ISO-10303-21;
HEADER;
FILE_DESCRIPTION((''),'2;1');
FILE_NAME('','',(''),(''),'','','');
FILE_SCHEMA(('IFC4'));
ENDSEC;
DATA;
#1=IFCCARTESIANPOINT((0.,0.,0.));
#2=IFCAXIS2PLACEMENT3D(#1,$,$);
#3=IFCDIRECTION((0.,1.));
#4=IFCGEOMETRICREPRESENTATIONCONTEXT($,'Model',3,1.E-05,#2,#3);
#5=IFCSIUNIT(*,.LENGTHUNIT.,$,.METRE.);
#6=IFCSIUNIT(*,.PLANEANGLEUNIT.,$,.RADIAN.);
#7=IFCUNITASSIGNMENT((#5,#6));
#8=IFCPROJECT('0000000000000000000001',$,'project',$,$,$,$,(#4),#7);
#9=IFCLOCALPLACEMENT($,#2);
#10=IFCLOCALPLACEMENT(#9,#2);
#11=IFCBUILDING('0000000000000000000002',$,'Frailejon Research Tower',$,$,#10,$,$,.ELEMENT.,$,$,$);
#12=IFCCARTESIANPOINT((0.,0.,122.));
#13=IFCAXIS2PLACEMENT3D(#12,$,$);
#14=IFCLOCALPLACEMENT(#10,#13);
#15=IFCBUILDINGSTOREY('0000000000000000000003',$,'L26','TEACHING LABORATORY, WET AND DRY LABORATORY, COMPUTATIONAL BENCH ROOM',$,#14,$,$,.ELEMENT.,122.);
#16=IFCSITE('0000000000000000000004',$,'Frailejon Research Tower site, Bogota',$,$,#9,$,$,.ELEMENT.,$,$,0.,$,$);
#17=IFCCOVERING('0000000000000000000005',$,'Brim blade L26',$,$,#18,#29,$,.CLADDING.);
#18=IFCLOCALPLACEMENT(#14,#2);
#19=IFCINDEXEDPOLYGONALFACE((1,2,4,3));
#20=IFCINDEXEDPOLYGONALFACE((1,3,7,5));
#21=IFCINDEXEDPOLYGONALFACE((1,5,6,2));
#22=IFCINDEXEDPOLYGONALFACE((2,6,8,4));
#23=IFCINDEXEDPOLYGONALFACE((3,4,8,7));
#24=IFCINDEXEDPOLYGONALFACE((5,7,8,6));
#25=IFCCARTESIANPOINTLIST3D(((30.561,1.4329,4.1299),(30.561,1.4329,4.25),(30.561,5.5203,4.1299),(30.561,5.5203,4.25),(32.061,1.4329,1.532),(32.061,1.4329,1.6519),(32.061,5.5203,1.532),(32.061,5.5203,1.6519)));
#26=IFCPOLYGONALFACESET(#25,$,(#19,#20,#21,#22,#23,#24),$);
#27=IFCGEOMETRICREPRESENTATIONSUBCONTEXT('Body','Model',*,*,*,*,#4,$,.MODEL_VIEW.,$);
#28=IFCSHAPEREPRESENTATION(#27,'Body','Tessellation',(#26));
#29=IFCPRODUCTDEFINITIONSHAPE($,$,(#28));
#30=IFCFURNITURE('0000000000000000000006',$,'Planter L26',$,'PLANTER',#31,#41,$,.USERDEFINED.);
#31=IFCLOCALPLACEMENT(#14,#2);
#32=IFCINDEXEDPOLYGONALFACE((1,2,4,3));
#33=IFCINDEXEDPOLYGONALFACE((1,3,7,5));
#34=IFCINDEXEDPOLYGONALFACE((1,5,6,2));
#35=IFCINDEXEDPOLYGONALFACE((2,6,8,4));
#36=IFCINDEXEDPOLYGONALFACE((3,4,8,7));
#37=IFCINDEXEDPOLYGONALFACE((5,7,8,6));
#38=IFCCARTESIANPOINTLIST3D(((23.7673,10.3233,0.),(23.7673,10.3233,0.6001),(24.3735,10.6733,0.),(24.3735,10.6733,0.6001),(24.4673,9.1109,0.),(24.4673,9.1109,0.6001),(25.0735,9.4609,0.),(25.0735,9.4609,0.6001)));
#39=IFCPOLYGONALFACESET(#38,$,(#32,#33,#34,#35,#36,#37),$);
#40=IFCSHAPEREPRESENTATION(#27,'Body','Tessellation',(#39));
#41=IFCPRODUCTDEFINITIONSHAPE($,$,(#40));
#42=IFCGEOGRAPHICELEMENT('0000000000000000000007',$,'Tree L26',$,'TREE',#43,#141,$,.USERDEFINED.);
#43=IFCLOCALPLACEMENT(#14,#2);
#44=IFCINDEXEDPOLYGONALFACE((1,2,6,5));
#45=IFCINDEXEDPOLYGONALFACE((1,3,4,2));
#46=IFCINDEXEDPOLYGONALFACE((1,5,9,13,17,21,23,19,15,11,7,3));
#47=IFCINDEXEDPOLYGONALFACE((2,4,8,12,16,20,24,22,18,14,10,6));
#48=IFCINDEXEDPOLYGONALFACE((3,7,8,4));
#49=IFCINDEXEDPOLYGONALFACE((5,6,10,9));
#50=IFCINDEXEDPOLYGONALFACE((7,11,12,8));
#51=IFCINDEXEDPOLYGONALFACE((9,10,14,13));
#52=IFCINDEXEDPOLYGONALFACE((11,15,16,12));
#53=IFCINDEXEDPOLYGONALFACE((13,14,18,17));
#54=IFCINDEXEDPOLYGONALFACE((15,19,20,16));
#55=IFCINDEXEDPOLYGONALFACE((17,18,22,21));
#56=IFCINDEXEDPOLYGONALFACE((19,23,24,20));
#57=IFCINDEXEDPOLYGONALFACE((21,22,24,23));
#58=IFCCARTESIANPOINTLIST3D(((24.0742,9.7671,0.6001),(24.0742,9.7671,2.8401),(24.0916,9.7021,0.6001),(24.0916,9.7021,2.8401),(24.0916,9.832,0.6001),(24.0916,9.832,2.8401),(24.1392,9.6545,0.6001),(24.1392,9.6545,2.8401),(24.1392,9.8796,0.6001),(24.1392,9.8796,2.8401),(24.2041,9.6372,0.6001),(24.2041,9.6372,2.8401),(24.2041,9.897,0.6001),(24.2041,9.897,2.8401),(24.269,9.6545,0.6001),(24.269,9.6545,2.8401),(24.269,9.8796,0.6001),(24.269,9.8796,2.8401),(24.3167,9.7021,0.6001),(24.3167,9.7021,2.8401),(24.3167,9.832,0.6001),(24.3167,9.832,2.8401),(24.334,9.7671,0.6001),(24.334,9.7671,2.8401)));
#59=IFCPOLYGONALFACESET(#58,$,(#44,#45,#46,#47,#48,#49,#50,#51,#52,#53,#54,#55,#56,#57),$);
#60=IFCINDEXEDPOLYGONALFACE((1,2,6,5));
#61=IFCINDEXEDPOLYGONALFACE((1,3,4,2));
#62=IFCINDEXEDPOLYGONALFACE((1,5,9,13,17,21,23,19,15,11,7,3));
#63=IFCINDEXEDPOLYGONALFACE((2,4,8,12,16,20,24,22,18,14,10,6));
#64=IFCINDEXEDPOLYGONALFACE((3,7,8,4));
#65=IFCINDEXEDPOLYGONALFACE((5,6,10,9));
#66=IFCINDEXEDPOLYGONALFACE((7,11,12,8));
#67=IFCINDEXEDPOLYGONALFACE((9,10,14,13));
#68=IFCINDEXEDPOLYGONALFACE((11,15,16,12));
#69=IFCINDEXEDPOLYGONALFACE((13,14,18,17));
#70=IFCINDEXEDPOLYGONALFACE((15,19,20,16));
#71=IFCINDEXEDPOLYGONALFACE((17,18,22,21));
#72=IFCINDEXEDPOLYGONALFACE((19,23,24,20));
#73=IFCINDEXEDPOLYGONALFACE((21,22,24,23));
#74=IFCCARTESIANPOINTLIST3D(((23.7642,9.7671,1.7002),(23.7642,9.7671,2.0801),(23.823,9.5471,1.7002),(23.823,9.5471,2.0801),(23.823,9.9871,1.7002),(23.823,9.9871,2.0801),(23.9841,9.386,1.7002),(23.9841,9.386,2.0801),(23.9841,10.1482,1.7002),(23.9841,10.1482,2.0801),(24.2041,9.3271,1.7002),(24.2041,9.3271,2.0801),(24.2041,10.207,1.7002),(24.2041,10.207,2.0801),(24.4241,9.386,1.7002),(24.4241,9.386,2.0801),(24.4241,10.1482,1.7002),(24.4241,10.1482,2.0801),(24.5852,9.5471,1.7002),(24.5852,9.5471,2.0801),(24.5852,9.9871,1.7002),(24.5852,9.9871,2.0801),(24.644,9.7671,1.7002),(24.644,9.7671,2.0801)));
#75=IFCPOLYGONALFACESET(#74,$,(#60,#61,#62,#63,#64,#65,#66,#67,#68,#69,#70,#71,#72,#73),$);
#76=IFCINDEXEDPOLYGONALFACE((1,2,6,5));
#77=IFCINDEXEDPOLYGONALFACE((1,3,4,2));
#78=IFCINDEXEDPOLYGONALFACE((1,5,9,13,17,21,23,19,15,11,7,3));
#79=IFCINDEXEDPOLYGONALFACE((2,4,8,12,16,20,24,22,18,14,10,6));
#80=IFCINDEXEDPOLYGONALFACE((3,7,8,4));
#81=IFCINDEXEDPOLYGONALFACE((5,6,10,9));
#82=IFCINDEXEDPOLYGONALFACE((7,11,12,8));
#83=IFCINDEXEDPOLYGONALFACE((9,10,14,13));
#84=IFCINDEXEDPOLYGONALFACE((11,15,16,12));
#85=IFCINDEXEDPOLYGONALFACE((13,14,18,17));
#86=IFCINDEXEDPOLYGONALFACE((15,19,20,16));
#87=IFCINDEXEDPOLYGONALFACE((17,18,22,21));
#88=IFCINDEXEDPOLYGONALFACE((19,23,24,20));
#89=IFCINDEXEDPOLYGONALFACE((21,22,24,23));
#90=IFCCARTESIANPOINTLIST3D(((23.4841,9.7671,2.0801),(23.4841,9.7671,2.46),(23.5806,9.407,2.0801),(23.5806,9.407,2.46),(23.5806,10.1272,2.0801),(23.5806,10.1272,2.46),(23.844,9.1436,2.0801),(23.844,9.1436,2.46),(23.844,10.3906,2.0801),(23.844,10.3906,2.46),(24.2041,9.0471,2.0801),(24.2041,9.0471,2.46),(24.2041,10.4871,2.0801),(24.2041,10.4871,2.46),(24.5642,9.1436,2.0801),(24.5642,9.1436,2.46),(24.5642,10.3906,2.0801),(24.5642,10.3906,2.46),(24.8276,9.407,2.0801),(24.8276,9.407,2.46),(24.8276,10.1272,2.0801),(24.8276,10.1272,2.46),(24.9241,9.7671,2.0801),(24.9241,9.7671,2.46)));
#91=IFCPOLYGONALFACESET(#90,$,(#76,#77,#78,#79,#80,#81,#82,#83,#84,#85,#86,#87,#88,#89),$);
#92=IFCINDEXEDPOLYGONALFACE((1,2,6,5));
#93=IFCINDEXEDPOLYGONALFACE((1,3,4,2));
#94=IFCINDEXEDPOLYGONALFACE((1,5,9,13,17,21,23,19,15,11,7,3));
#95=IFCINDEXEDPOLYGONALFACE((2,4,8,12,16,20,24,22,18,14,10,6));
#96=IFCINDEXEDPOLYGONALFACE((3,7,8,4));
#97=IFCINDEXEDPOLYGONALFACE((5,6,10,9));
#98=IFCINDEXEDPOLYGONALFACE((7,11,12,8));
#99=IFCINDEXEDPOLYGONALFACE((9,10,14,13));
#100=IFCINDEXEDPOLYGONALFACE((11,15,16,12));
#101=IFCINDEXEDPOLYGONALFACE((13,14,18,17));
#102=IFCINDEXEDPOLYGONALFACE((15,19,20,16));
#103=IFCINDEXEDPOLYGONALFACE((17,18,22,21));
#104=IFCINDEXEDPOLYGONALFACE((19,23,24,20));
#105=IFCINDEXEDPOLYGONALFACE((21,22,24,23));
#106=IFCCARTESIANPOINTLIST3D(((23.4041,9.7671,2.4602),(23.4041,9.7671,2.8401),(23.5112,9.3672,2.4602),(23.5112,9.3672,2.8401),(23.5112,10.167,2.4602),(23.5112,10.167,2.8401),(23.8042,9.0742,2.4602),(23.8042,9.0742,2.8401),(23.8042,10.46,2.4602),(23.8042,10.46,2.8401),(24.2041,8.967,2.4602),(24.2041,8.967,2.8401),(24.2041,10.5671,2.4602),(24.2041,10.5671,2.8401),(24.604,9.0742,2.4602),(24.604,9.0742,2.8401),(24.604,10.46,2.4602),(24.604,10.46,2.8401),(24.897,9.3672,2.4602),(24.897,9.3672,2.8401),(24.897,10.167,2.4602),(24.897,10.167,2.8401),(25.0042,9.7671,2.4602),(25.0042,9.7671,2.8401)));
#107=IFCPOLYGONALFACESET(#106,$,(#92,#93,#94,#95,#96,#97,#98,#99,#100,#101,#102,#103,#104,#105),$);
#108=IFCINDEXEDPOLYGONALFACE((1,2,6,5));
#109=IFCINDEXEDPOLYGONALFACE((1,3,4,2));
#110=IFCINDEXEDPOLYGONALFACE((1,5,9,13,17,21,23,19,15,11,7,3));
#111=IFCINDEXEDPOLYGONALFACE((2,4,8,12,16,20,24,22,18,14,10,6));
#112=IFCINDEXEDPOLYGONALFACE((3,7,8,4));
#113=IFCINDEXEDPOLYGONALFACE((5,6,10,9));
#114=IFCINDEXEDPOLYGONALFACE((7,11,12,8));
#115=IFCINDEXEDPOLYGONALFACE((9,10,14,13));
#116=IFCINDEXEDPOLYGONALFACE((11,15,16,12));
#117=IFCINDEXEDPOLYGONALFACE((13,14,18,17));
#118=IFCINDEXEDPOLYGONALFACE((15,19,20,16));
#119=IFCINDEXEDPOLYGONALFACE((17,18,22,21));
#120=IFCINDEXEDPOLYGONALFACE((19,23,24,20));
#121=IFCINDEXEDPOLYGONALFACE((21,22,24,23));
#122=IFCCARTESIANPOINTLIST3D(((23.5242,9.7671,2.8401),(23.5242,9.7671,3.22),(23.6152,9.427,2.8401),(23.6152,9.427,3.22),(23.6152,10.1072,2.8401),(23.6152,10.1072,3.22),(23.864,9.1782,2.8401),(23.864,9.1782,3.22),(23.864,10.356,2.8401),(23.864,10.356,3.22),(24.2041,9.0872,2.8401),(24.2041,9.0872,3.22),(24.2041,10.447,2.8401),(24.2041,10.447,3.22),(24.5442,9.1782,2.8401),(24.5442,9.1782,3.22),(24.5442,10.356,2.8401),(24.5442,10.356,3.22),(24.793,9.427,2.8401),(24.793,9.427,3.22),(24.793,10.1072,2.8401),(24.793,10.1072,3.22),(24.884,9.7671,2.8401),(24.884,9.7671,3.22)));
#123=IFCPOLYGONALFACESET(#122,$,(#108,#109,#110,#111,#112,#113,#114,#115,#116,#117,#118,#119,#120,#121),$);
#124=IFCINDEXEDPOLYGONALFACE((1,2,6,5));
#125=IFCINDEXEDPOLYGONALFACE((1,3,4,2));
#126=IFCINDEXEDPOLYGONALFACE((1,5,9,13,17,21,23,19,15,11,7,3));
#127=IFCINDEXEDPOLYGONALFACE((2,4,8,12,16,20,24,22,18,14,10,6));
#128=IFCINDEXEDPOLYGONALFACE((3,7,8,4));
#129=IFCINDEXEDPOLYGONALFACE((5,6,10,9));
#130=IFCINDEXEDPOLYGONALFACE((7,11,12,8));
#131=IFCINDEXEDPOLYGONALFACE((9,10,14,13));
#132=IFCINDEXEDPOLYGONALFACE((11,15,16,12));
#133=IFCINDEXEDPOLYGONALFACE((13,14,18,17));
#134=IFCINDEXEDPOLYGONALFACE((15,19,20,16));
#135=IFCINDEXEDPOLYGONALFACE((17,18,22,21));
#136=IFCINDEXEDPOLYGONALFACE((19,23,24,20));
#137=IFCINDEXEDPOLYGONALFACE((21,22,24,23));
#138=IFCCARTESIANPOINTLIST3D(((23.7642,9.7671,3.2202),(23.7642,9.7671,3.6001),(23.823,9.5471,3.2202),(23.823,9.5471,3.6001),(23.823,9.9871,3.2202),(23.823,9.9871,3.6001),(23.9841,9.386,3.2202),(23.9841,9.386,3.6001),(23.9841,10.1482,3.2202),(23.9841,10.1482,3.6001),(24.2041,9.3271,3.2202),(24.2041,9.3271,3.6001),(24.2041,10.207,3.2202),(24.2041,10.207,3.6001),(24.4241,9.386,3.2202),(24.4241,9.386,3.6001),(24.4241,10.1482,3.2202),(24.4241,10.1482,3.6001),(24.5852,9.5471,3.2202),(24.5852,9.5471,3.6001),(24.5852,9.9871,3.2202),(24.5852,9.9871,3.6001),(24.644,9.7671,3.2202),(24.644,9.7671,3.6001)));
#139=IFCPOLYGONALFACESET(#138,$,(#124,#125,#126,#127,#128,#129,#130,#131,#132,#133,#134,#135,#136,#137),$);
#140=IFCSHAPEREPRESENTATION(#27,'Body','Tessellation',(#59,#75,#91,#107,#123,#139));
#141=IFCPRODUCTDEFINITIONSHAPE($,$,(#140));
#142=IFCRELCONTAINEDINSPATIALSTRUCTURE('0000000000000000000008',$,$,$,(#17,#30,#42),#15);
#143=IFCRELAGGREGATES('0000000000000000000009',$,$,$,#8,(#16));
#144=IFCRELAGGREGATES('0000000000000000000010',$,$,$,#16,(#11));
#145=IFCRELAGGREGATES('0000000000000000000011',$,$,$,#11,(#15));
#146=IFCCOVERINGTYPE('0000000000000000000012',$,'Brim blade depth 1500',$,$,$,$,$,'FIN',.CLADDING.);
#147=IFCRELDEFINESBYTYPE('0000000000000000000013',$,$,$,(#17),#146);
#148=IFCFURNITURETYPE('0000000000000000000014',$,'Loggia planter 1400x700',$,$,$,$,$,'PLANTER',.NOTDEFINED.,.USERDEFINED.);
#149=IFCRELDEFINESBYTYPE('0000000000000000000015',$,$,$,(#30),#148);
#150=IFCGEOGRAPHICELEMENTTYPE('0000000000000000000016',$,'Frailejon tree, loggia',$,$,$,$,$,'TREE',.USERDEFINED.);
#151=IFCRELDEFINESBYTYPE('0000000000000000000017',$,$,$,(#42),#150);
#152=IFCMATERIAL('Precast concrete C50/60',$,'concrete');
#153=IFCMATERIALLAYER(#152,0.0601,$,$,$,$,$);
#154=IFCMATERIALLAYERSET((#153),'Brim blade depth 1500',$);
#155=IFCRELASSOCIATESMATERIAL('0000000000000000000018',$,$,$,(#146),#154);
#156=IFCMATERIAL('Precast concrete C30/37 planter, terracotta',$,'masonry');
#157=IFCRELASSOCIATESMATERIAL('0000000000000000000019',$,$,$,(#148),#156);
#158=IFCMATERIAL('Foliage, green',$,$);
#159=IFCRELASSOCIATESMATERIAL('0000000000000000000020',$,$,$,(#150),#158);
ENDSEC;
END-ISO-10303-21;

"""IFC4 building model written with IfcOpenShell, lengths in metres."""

from ifc_helpers import new_model, si_unit, direction, frame, origin, origin_2d, place, context, subcontext, project, spatial, polyline, rectangle, outline, extrude, material, layer, layer_set, type_object, element, save


model = new_model("IFC4")

# Units and contexts
model_context = context("Model", 3, precision=1e-05, world=origin(), true_north=direction((0.0, 1.0)))
body_context = subcontext(model_context, "Body", "Model", "MODEL_VIEW")
ifc_project = project(units=[si_unit("LENGTHUNIT", "METRE"), si_unit("PLANEANGLEUNIT", "RADIAN")], contexts=[model_context])

# Site, building, storey
site_placement = place(None, origin())
site = spatial("IfcSite", under=ifc_project, at=site_placement, Name="Frailejon Research Tower site, Bogota", CompositionType="ELEMENT", RefElevation=0.0)
building_placement = place(site_placement, origin())
building = spatial("IfcBuilding", under=site, at=building_placement, Name="Frailejon Research Tower", CompositionType="ELEMENT")
storey_placement = place(building_placement, frame((0.0, 0.0, 122.0)))
storey = spatial("IfcBuildingStorey", under=building, at=storey_placement, Name="L26", Description="TEACHING LABORATORY, WET AND DRY LABORATORY, COMPUTATIONAL BENCH ROOM", CompositionType="ELEMENT", Elevation=122.0)

# Covering
ifc_material_1 = material(Name="Precast concrete C50/60", Category="concrete")
ifc_layer_1 = layer(ifc_material_1, 0.0601)
ifc_layer_set_1 = layer_set([ifc_layer_1], Name="Brim blade depth 1500")
covering_type_1 = type_object("IfcCoveringType", Name="Brim blade depth 1500", ElementType="FIN", PredefinedType="CLADDING", material=ifc_layer_set_1)
covering_1_placement = place(storey_placement, frame((30.561, 5.5203, 4.25), z_axis=(0.0, -1.0, 0.0), x_axis=(1.0, 0.0, 0.0)))
element("IfcCovering", 1, at=covering_1_placement, inside=storey, type_object=covering_type_1, Name="Brim blade L26", PredefinedType="CLADDING", context=body_context, shape_type="SweptSolid", body=[
    extrude(outline(polyline([(0.0, -0.1201), (1.5, -2.718), (1.5, -2.5981), (0.0, 0.0), (0.0, -0.1201)])), origin(), (0.0, 0.0, 1.0), 4.0874),
])

# Furniture
ifc_material_2 = material(Name="Precast concrete C30/37 planter, terracotta", Category="masonry")
furniture_type = type_object("IfcFurnitureType", Name="Loggia planter 1400x700", ElementType="PLANTER", AssemblyPlace="NOTDEFINED", PredefinedType="USERDEFINED", material=ifc_material_2)
furniture_placement = place(storey_placement, frame((24.4204, 9.8921, 0.0), z_axis=(0.0, 0.0, 1.0), x_axis=(-0.5, 0.866025, 0.0)))
element("IfcFurniture", 2, at=furniture_placement, inside=storey, type_object=furniture_type, Name="Planter L26", ObjectType="PLANTER", PredefinedType="USERDEFINED", context=body_context, shape_type="SweptSolid", body=[
    extrude(rectangle(XDim=1.3999, YDim=0.7, at=origin_2d()), origin(), (0.0, 0.0, 1.0), 0.6001),
])

# Geographic element
ifc_material_3 = material(Name="Foliage, green")
geographic_element_type = type_object("IfcGeographicElementType", Name="Frailejon tree, loggia", ElementType="TREE", PredefinedType="USERDEFINED", material=ifc_material_3)
geographic_element_placement = place(storey_placement, frame((24.2041, 9.7671, 0.6001)))
element("IfcGeographicElement", 3, at=geographic_element_placement, inside=storey, type_object=geographic_element_type, Name="Tree L26", ObjectType="TREE", PredefinedType="USERDEFINED", context=body_context, shape_type="SweptSolid", body=[
    extrude(outline(polyline([(0.1299, 0.0), (0.1125, 0.0649), (0.0649, 0.1125), (0.0, 0.1299), (-0.0649, 0.1125), (-0.1125, 0.0649), (-0.1299, 0.0), (-0.1125, -0.0649), (-0.0649, -0.1125), (0.0, -0.1299), (0.0649, -0.1125), (0.1125, -0.0649), (0.1299, 0.0)])), origin(), (0.0, 0.0, 1.0), 2.24),
    extrude(outline(polyline([(0.4399, 0.0), (0.3811, 0.22), (0.22, 0.3811), (0.0, 0.4399), (-0.22, 0.3811), (-0.3811, 0.22), (-0.4399, 0.0), (-0.3811, -0.22), (-0.22, -0.3811), (0.0, -0.4399), (0.22, -0.3811), (0.3811, -0.22), (0.4399, 0.0)])), frame((0.0, 0.0, 1.1001)), (0.0, 0.0, 1.0), 0.3799),
    extrude(outline(polyline([(0.72, 0.0), (0.6235, 0.3601), (0.3601, 0.6235), (0.0, 0.72), (-0.3601, 0.6235), (-0.6235, 0.3601), (-0.72, 0.0), (-0.6235, -0.3601), (-0.3601, -0.6235), (0.0, -0.72), (0.3601, -0.6235), (0.6235, -0.3601), (0.72, 0.0)])), frame((0.0, 0.0, 1.48)), (0.0, 0.0, 1.0), 0.3799),
    extrude(outline(polyline([(0.8, 0.0), (0.6929, 0.3999), (0.3999, 0.6929), (0.0, 0.8), (-0.3999, 0.6929), (-0.6929, 0.3999), (-0.8, 0.0), (-0.6929, -0.3999), (-0.3999, -0.6929), (0.0, -0.8), (0.3999, -0.6929), (0.6929, -0.3999), (0.8, 0.0)])), frame((0.0, 0.0, 1.8601)), (0.0, 0.0, 1.0), 0.3799),
    extrude(outline(polyline([(0.6799, 0.0), (0.5889, 0.3401), (0.3401, 0.5889), (0.0, 0.6799), (-0.3401, 0.5889), (-0.5889, 0.3401), (-0.6799, 0.0), (-0.5889, -0.3401), (-0.3401, -0.5889), (0.0, -0.6799), (0.3401, -0.5889), (0.5889, -0.3401), (0.6799, 0.0)])), frame((0.0, 0.0, 2.24)), (0.0, 0.0, 1.0), 0.3799),
    extrude(outline(polyline([(0.4399, 0.0), (0.3811, 0.22), (0.22, 0.3811), (0.0, 0.4399), (-0.22, 0.3811), (-0.3811, 0.22), (-0.4399, 0.0), (-0.3811, -0.22), (-0.22, -0.3811), (0.0, -0.4399), (0.22, -0.3811), (0.3811, -0.22), (0.4399, 0.0)])), frame((0.0, 0.0, 2.6201)), (0.0, 0.0, 1.0), 0.3799),
])

save(model, "model.ifc")
